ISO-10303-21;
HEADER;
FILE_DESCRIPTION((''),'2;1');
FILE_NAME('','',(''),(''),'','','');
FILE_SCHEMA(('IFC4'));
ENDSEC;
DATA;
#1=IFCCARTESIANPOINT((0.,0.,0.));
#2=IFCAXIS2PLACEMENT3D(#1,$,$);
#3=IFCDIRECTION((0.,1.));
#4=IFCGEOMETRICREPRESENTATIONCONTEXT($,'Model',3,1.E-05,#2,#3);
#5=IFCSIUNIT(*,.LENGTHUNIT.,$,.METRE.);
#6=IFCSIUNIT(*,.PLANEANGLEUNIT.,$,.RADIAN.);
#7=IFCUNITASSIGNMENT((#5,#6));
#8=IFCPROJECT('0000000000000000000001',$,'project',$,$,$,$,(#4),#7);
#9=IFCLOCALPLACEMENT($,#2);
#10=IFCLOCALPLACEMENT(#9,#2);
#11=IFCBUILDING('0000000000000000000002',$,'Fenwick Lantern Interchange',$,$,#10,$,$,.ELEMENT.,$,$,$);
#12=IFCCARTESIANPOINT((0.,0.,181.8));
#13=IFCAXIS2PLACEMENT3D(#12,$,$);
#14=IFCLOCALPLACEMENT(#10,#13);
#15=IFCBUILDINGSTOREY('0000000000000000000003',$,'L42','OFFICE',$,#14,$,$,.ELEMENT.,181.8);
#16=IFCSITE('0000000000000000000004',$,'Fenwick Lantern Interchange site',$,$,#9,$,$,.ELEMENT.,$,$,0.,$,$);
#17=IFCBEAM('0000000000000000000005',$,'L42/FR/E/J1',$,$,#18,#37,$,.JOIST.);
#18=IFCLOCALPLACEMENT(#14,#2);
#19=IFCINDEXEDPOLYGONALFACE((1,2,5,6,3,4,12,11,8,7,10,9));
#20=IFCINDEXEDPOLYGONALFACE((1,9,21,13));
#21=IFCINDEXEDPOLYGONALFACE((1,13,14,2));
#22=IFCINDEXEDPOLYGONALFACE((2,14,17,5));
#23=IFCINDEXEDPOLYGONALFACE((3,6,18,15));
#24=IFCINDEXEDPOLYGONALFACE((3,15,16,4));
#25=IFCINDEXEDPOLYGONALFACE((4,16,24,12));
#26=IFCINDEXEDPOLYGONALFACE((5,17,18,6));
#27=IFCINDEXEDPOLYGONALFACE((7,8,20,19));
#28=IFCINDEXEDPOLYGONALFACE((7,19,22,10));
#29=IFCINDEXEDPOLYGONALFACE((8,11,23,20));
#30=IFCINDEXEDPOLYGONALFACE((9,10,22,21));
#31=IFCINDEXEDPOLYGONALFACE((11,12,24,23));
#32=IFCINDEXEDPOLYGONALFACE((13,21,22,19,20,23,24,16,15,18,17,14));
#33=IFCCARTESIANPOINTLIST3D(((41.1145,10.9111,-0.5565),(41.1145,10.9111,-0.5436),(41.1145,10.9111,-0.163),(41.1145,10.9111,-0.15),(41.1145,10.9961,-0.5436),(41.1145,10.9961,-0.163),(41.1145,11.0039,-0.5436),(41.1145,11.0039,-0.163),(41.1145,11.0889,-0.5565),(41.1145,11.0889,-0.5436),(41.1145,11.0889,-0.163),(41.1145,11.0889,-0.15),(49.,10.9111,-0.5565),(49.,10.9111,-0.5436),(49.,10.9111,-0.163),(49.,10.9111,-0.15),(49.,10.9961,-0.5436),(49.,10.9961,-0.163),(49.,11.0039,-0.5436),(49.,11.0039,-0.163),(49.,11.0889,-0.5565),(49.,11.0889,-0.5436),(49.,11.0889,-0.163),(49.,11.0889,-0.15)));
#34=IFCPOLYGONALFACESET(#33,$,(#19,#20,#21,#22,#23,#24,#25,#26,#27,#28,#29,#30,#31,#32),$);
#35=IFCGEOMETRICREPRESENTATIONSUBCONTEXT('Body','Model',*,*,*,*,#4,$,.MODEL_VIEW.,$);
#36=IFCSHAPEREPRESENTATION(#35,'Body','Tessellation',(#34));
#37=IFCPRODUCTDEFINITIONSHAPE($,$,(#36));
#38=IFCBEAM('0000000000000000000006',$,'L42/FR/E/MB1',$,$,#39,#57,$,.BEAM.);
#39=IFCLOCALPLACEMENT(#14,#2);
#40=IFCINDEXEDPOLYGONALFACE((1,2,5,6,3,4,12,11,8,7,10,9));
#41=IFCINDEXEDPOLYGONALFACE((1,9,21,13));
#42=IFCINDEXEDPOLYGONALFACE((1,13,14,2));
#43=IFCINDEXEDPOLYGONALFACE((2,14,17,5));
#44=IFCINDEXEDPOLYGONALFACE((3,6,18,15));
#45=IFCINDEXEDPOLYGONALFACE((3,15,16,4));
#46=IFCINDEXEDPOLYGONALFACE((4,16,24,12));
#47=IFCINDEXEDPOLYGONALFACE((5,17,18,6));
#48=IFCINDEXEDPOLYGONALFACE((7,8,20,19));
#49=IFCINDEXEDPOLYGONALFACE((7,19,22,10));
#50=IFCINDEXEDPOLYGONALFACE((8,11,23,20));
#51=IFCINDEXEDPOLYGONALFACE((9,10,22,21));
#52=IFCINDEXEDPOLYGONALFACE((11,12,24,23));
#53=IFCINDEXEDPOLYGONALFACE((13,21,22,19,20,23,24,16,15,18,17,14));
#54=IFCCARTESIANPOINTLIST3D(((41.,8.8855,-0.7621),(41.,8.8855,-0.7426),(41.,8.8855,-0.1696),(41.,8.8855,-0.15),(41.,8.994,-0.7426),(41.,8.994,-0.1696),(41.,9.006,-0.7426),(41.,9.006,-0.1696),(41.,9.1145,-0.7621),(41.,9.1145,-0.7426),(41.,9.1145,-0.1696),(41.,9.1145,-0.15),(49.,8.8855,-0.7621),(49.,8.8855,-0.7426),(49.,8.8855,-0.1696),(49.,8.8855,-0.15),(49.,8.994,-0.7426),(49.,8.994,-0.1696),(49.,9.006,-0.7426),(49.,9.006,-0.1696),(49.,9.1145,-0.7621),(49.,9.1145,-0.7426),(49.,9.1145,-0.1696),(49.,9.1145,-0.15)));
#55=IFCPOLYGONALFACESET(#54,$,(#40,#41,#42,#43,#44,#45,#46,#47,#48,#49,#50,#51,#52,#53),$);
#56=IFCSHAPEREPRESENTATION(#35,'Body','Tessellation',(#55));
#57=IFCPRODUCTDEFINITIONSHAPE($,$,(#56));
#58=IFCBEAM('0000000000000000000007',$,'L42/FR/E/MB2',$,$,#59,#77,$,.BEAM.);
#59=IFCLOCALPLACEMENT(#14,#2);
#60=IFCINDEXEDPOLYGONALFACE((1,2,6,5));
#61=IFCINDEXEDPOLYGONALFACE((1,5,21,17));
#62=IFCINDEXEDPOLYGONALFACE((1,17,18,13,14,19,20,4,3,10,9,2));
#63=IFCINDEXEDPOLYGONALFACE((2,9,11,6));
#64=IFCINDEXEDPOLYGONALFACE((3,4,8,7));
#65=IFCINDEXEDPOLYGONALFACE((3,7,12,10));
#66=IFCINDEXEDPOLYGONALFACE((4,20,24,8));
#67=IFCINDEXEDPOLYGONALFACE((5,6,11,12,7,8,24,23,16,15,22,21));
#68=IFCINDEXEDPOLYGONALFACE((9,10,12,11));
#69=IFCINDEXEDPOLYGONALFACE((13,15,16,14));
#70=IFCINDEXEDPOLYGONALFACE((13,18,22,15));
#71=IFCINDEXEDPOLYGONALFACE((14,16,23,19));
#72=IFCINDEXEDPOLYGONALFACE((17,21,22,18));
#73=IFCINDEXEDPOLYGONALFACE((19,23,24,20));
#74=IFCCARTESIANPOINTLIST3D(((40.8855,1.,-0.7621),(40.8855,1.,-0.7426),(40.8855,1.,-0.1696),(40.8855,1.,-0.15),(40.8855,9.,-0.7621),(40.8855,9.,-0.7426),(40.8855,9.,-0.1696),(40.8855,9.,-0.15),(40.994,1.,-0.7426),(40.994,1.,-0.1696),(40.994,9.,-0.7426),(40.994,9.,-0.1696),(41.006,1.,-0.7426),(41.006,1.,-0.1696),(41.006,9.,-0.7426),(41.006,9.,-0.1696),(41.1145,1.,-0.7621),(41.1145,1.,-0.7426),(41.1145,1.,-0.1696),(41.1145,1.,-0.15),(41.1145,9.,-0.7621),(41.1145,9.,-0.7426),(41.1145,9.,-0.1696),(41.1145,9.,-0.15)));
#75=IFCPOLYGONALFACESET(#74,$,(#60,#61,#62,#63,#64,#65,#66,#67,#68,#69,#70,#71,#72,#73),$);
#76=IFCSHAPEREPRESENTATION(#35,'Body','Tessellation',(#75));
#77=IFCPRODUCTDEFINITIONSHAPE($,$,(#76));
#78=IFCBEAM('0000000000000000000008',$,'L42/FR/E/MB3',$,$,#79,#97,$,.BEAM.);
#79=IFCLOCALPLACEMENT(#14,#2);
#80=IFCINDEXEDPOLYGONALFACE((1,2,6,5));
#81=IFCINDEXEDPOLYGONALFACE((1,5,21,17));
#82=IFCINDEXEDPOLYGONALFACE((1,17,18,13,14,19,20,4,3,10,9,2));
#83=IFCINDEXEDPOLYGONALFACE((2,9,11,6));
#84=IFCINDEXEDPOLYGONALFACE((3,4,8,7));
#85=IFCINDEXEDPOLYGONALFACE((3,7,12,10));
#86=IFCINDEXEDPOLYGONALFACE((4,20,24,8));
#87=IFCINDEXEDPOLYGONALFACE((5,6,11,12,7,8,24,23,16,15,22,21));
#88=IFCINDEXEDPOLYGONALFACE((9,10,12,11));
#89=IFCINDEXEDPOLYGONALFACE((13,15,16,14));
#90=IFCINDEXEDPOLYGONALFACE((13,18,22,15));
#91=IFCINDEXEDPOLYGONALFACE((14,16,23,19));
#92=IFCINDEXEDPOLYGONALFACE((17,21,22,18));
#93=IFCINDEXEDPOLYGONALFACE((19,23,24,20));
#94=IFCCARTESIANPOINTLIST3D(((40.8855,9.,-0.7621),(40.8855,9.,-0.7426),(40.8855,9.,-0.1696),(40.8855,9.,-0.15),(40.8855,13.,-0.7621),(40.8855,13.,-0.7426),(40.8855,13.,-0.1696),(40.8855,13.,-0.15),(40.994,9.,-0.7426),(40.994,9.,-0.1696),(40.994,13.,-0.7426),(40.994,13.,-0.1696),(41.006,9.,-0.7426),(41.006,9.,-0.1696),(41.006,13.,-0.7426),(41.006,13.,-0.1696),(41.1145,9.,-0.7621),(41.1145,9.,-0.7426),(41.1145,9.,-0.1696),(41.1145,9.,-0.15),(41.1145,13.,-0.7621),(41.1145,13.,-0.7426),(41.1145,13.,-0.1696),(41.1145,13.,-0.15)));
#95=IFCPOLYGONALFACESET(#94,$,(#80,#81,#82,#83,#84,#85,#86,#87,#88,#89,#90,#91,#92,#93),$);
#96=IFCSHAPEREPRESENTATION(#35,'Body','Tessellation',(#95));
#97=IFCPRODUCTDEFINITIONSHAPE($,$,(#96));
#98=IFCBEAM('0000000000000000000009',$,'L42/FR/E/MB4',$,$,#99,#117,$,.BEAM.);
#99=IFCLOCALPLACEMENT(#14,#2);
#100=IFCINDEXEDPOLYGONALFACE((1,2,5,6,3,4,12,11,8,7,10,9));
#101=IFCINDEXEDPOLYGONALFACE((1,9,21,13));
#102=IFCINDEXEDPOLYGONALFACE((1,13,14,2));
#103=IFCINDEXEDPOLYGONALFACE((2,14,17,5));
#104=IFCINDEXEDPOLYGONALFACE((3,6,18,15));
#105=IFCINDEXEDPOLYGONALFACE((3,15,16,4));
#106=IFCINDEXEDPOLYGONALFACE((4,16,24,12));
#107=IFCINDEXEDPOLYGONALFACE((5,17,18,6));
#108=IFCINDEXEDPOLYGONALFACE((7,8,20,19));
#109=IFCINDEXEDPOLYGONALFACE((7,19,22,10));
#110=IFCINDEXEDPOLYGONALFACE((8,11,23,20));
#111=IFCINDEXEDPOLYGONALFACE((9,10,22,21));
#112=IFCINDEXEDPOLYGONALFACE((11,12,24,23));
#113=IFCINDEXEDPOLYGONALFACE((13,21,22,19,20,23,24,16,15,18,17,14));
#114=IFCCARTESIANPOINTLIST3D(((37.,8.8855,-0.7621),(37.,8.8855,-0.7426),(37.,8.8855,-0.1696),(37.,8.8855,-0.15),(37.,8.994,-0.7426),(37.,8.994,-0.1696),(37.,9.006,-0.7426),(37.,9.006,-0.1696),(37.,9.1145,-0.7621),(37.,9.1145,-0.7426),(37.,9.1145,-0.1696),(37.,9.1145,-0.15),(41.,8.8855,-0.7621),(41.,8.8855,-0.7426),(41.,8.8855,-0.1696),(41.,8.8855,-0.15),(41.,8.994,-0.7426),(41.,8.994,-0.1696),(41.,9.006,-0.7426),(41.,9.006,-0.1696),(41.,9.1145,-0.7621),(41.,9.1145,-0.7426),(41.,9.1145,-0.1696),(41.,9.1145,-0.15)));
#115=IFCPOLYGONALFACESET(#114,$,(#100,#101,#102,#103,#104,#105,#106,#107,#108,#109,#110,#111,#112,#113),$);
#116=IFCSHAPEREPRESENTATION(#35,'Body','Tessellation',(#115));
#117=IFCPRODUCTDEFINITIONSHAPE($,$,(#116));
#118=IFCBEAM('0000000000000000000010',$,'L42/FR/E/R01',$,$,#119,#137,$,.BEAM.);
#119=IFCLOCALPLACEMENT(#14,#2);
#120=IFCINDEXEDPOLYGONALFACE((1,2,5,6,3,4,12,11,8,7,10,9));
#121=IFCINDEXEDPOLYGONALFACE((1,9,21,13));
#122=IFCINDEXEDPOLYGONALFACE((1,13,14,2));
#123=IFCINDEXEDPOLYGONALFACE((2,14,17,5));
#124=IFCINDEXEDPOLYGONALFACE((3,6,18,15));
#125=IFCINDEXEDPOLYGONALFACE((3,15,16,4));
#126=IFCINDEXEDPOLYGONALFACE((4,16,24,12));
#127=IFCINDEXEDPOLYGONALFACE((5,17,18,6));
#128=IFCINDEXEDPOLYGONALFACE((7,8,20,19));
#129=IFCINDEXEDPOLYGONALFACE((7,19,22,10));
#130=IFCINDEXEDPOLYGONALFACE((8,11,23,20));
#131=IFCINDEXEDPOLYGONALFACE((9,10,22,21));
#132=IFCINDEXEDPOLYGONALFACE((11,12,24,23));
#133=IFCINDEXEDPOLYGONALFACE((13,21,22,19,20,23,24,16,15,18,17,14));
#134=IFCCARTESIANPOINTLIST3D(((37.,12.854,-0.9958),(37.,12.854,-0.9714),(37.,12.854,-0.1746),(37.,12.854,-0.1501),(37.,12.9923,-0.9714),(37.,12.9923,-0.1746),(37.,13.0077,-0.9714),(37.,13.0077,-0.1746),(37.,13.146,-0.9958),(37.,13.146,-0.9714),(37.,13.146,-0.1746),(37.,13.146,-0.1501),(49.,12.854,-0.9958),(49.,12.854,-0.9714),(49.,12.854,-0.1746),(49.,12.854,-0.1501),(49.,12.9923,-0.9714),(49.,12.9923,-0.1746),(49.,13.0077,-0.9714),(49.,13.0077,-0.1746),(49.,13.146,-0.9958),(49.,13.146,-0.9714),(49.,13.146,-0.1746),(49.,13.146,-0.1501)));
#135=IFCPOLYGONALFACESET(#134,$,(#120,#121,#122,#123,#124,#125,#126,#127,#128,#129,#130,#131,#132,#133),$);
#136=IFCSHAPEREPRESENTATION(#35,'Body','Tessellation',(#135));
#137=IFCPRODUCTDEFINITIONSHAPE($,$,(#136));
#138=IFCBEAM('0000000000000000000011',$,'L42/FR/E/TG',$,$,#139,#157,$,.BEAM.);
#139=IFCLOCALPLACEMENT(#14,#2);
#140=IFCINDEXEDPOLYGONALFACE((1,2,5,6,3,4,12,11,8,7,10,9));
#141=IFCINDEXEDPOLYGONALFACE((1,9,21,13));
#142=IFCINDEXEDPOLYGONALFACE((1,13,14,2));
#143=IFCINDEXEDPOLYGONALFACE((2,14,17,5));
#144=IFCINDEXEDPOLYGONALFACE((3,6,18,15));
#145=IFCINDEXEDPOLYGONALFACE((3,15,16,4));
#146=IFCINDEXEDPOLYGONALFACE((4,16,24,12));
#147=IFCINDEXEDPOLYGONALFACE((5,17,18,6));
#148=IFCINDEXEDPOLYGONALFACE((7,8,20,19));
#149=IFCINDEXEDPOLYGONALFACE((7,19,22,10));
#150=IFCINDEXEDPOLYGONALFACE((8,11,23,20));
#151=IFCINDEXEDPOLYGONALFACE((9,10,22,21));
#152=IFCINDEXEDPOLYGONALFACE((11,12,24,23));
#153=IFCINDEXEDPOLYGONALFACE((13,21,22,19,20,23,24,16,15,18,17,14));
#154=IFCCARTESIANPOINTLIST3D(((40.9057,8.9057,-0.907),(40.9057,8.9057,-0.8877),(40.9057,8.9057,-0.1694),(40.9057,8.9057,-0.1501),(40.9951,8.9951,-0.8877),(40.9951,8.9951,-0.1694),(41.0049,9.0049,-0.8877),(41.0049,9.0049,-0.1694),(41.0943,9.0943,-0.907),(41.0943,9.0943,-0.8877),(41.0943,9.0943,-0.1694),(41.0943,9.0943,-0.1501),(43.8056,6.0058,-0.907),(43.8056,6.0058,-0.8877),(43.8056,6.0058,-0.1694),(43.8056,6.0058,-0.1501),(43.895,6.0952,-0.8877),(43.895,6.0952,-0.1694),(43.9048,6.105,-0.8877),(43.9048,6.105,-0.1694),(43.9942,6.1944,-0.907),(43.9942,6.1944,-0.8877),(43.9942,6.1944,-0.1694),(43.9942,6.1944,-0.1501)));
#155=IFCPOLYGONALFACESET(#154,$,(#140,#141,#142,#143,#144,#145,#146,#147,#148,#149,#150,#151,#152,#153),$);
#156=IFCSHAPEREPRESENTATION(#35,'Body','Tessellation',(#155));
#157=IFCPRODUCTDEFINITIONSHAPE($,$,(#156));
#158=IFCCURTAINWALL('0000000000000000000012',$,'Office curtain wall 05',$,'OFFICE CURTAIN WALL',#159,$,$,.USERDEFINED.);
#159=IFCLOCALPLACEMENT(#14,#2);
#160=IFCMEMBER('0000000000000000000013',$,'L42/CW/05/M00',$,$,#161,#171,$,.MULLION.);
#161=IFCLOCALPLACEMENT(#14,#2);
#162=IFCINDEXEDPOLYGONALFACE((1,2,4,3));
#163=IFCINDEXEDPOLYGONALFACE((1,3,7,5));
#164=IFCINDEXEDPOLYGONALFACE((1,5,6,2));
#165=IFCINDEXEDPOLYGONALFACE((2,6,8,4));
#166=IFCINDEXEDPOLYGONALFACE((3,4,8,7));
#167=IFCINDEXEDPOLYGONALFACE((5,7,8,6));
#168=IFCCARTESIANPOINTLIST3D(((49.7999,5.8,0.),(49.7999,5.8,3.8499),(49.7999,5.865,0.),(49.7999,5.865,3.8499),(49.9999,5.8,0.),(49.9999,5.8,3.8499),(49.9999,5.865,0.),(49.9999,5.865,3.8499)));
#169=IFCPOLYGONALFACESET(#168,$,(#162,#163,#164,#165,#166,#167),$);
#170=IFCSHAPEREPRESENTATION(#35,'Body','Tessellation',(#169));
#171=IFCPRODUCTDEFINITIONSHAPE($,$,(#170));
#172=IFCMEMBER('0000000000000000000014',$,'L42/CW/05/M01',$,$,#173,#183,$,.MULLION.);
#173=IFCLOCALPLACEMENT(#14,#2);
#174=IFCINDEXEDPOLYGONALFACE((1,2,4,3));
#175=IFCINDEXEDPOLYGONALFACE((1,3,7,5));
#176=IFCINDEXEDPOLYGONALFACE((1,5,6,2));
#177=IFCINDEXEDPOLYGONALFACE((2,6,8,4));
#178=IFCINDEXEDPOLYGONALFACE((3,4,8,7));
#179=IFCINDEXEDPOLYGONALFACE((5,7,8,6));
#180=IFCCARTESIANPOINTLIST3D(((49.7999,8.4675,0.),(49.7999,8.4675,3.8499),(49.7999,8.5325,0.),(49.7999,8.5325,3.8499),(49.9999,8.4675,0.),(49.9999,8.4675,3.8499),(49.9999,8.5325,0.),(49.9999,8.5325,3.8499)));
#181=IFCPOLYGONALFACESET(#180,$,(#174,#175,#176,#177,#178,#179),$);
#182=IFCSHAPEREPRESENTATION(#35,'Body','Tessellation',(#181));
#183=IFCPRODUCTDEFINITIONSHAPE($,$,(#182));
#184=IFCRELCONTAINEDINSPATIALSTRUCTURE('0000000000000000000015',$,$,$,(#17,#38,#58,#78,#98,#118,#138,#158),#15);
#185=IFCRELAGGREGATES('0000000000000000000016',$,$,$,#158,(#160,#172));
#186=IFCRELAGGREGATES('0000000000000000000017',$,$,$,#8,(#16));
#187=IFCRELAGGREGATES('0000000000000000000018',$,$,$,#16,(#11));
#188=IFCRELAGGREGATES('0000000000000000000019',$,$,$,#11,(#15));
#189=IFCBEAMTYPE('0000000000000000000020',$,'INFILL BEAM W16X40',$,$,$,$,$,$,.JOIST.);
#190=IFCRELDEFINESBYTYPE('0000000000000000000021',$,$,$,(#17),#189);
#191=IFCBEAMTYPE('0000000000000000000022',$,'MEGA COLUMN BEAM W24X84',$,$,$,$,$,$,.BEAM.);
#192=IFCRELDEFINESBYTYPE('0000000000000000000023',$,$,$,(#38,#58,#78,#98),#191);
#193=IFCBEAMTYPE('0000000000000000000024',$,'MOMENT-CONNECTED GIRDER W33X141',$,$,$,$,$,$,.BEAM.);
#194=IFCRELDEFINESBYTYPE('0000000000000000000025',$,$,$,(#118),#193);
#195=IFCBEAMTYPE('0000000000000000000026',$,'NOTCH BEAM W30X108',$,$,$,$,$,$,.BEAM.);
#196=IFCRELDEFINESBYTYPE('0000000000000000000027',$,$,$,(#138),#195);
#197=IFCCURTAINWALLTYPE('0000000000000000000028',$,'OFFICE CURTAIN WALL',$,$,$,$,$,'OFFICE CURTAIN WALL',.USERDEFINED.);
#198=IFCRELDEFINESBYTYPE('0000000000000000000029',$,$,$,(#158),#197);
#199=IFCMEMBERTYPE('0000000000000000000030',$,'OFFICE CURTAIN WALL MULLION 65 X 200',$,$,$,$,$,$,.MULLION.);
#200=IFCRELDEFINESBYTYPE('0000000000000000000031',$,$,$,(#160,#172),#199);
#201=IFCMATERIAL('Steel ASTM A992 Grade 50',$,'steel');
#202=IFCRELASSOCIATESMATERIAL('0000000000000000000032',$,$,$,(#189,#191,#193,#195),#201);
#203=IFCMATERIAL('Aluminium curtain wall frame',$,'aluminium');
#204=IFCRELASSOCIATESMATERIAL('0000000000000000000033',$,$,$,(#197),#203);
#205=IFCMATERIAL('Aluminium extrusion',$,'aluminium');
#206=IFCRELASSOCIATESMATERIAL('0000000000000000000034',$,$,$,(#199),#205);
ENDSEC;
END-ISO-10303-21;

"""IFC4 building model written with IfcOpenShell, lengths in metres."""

from ifc_helpers import new_model, si_unit, direction, frame, origin, origin_2d, place, context, subcontext, project, spatial, rectangle, i_section, extrude, material, material_profile, profile_set, type_object, element, aggregate, save


model = new_model("IFC4")

# Units and contexts
model_context = context("Model", 3, precision=1e-05, world=origin(), true_north=direction((0.0, 1.0)))
body_context = subcontext(model_context, "Body", "Model", "MODEL_VIEW")
ifc_project = project(units=[si_unit("LENGTHUNIT", "METRE"), si_unit("PLANEANGLEUNIT", "RADIAN")], contexts=[model_context])

# Site, building, storey
site_placement = place(None, origin())
site = spatial("IfcSite", under=ifc_project, at=site_placement, Name="Fenwick Lantern Interchange site", CompositionType="ELEMENT", RefElevation=0.0)
building_placement = place(site_placement, origin())
building = spatial("IfcBuilding", under=site, at=building_placement, Name="Fenwick Lantern Interchange", CompositionType="ELEMENT")
storey_placement = place(building_placement, frame((0.0, 0.0, 181.8)))
storey = spatial("IfcBuildingStorey", under=building, at=storey_placement, Name="L42", Description="OFFICE", CompositionType="ELEMENT", Elevation=181.8)

# Shared definitions
ifc_material_1 = material(Name="Steel ASTM A992 Grade 50", Category="steel")

# Beams
ifc_material_profile_1 = material_profile(ifc_material_1, i_section(OverallWidth=0.1777, OverallDepth=0.4065, WebThickness=0.0078, FlangeThickness=0.0129, at=origin_2d()), Name="W16X40")
ifc_profile_set_1 = profile_set([ifc_material_profile_1], Name="Steel ASTM A992 Grade 50")
beam_type_1 = type_object("IfcBeamType", Name="INFILL BEAM W16X40", PredefinedType="JOIST", material=ifc_profile_set_1)
beam_1_placement = place(storey_placement, frame((49.0, 11.0, -0.3533), z_axis=(-1.0, 0.0, 0.0), x_axis=(0.0, -1.0, 0.0)))
element("IfcBeam", 1, at=beam_1_placement, inside=storey, type_object=beam_type_1, Name="L42/FR/E/J1", PredefinedType="JOIST", context=body_context, shape_type="SweptSolid", body=[
    extrude(i_section(OverallWidth=0.1777, OverallDepth=0.4065, WebThickness=0.0078, FlangeThickness=0.0129, at=origin_2d()), origin(), (0.0, 0.0, 1.0), 7.8855),
])
ifc_material_profile_2 = material_profile(ifc_material_1, i_section(OverallWidth=0.229, OverallDepth=0.6121, WebThickness=0.012, FlangeThickness=0.0195, at=origin_2d()), Name="W24X84")
ifc_profile_set_2 = profile_set([ifc_material_profile_2], Name="Steel ASTM A992 Grade 50")
beam_type_2 = type_object("IfcBeamType", Name="MEGA COLUMN BEAM W24X84", PredefinedType="BEAM", material=ifc_profile_set_2)
for number, where, z_axis, x_axis, name in (
    (2, (41.0, 9.0, -0.4561), (1.0, 0.0, 0.0), (0.0, 1.0, 0.0), "L42/FR/E/MB1"),
    (3, (41.0, 9.0, -0.4561), (0.0, -1.0, 0.0), (1.0, 0.0, 0.0), "L42/FR/E/MB2"),
):
    element("IfcBeam", number, at=place(storey_placement, frame(where, z_axis=z_axis, x_axis=x_axis)), inside=storey, type_object=beam_type_2, Name=name, PredefinedType="BEAM", context=body_context, shape_type="SweptSolid", body=[
        extrude(i_section(OverallWidth=0.229, OverallDepth=0.6121, WebThickness=0.012, FlangeThickness=0.0195, at=origin_2d()), origin(), (0.0, 0.0, 1.0), 8.0),
    ])
for number, where, z_axis, x_axis, name in (
    (4, (41.0, 9.0, -0.4561), (0.0, 1.0, 0.0), (-1.0, 0.0, 0.0), "L42/FR/E/MB3"),
    (5, (41.0, 9.0, -0.4561), (-1.0, 0.0, 0.0), (0.0, -1.0, 0.0), "L42/FR/E/MB4"),
):
    element("IfcBeam", number, at=place(storey_placement, frame(where, z_axis=z_axis, x_axis=x_axis)), inside=storey, type_object=beam_type_2, Name=name, PredefinedType="BEAM", context=body_context, shape_type="SweptSolid", body=[
        extrude(i_section(OverallWidth=0.229, OverallDepth=0.6121, WebThickness=0.012, FlangeThickness=0.0195, at=origin_2d()), origin(), (0.0, 0.0, 1.0), 4.0),
    ])
ifc_material_profile_3 = material_profile(ifc_material_1, i_section(OverallWidth=0.292, OverallDepth=0.8457, WebThickness=0.0154, FlangeThickness=0.0244, at=origin_2d()), Name="W33X141")
ifc_profile_set_3 = profile_set([ifc_material_profile_3], Name="Steel ASTM A992 Grade 50")
beam_type_3 = type_object("IfcBeamType", Name="MOMENT-CONNECTED GIRDER W33X141", PredefinedType="BEAM", material=ifc_profile_set_3)
beam_2_placement = place(storey_placement, frame((49.0, 13.0, -0.573), z_axis=(-1.0, 0.0, 0.0), x_axis=(0.0, -1.0, 0.0)))
element("IfcBeam", 6, at=beam_2_placement, inside=storey, type_object=beam_type_3, Name="L42/FR/E/R01", PredefinedType="BEAM", context=body_context, shape_type="SweptSolid", body=[
    extrude(i_section(OverallWidth=0.292, OverallDepth=0.8457, WebThickness=0.0154, FlangeThickness=0.0244, at=origin_2d()), origin(), (0.0, 0.0, 1.0), 12.0),
])
ifc_material_profile_4 = material_profile(ifc_material_1, i_section(OverallWidth=0.2666, OverallDepth=0.7568, WebThickness=0.0139, FlangeThickness=0.0193, at=origin_2d()), Name="W30X108")
ifc_profile_set_4 = profile_set([ifc_material_profile_4], Name="Steel ASTM A992 Grade 50")
beam_type_4 = type_object("IfcBeamType", Name="NOTCH BEAM W30X108", PredefinedType="BEAM", material=ifc_profile_set_4)
beam_3_placement = place(storey_placement, frame((41.0, 9.0, -0.5286), z_axis=(0.707107, -0.707107, 0.0), x_axis=(0.707107, 0.707107, 0.0)))
element("IfcBeam", 7, at=beam_3_placement, inside=storey, type_object=beam_type_4, Name="L42/FR/E/TG", PredefinedType="BEAM", context=body_context, shape_type="SweptSolid", body=[
    extrude(i_section(OverallWidth=0.2666, OverallDepth=0.7568, WebThickness=0.0139, FlangeThickness=0.0193, at=origin_2d()), origin(), (0.0, 0.0, 1.0), 4.1011),
])

# Curtain wall, members
ifc_material_2 = material(Name="Aluminium curtain wall frame", Category="aluminium")
curtain_wall_type = type_object("IfcCurtainWallType", Name="OFFICE CURTAIN WALL", ElementType="OFFICE CURTAIN WALL", PredefinedType="USERDEFINED", material=ifc_material_2)
curtain_wall_placement = place(storey_placement, origin())
curtain_wall = element("IfcCurtainWall", 8, at=curtain_wall_placement, inside=storey, type_object=curtain_wall_type, Name="Office curtain wall 05", ObjectType="OFFICE CURTAIN WALL", PredefinedType="USERDEFINED")
ifc_material_3 = material(Name="Aluminium extrusion", Category="aluminium")
ifc_material_profile_5 = material_profile(ifc_material_3, rectangle(XDim=0.2, YDim=0.0649, at=origin_2d()), Name="OFFICE CURTAIN WALL MULLION 65 X 200")
ifc_profile_set_5 = profile_set([ifc_material_profile_5], Name="Aluminium extrusion")
member_type_1 = type_object("IfcMemberType", Name="OFFICE CURTAIN WALL MULLION 65 X 200", PredefinedType="MULLION", material=ifc_profile_set_5)
member_1_placement = place(storey_placement, frame((49.8999, 5.8325, 0.0), z_axis=(0.0, 0.0, 1.0), x_axis=(-1.0, 0.0, 0.0)))
member_1 = element("IfcMember", 9, at=member_1_placement, type_object=member_type_1, Name="L42/CW/05/M00", PredefinedType="MULLION", context=body_context, shape_type="SweptSolid", body=[
    extrude(rectangle(XDim=0.2, YDim=0.0649, at=origin_2d()), origin(), (0.0, 0.0, 1.0), 3.8499),
])
member_2_placement = place(storey_placement, frame((49.8999, 8.5, 0.0), z_axis=(0.0, 0.0, 1.0), x_axis=(-1.0, 0.0, 0.0)))
member_2 = element("IfcMember", 10, at=member_2_placement, type_object=member_type_1, Name="L42/CW/05/M01", PredefinedType="MULLION", context=body_context, shape_type="SweptSolid", body=[
    extrude(rectangle(XDim=0.2, YDim=0.0649, at=origin_2d()), origin(), (0.0, 0.0, 1.0), 3.8499),
])
aggregate(curtain_wall, [member_1, member_2])

save(model, "model.ifc")
